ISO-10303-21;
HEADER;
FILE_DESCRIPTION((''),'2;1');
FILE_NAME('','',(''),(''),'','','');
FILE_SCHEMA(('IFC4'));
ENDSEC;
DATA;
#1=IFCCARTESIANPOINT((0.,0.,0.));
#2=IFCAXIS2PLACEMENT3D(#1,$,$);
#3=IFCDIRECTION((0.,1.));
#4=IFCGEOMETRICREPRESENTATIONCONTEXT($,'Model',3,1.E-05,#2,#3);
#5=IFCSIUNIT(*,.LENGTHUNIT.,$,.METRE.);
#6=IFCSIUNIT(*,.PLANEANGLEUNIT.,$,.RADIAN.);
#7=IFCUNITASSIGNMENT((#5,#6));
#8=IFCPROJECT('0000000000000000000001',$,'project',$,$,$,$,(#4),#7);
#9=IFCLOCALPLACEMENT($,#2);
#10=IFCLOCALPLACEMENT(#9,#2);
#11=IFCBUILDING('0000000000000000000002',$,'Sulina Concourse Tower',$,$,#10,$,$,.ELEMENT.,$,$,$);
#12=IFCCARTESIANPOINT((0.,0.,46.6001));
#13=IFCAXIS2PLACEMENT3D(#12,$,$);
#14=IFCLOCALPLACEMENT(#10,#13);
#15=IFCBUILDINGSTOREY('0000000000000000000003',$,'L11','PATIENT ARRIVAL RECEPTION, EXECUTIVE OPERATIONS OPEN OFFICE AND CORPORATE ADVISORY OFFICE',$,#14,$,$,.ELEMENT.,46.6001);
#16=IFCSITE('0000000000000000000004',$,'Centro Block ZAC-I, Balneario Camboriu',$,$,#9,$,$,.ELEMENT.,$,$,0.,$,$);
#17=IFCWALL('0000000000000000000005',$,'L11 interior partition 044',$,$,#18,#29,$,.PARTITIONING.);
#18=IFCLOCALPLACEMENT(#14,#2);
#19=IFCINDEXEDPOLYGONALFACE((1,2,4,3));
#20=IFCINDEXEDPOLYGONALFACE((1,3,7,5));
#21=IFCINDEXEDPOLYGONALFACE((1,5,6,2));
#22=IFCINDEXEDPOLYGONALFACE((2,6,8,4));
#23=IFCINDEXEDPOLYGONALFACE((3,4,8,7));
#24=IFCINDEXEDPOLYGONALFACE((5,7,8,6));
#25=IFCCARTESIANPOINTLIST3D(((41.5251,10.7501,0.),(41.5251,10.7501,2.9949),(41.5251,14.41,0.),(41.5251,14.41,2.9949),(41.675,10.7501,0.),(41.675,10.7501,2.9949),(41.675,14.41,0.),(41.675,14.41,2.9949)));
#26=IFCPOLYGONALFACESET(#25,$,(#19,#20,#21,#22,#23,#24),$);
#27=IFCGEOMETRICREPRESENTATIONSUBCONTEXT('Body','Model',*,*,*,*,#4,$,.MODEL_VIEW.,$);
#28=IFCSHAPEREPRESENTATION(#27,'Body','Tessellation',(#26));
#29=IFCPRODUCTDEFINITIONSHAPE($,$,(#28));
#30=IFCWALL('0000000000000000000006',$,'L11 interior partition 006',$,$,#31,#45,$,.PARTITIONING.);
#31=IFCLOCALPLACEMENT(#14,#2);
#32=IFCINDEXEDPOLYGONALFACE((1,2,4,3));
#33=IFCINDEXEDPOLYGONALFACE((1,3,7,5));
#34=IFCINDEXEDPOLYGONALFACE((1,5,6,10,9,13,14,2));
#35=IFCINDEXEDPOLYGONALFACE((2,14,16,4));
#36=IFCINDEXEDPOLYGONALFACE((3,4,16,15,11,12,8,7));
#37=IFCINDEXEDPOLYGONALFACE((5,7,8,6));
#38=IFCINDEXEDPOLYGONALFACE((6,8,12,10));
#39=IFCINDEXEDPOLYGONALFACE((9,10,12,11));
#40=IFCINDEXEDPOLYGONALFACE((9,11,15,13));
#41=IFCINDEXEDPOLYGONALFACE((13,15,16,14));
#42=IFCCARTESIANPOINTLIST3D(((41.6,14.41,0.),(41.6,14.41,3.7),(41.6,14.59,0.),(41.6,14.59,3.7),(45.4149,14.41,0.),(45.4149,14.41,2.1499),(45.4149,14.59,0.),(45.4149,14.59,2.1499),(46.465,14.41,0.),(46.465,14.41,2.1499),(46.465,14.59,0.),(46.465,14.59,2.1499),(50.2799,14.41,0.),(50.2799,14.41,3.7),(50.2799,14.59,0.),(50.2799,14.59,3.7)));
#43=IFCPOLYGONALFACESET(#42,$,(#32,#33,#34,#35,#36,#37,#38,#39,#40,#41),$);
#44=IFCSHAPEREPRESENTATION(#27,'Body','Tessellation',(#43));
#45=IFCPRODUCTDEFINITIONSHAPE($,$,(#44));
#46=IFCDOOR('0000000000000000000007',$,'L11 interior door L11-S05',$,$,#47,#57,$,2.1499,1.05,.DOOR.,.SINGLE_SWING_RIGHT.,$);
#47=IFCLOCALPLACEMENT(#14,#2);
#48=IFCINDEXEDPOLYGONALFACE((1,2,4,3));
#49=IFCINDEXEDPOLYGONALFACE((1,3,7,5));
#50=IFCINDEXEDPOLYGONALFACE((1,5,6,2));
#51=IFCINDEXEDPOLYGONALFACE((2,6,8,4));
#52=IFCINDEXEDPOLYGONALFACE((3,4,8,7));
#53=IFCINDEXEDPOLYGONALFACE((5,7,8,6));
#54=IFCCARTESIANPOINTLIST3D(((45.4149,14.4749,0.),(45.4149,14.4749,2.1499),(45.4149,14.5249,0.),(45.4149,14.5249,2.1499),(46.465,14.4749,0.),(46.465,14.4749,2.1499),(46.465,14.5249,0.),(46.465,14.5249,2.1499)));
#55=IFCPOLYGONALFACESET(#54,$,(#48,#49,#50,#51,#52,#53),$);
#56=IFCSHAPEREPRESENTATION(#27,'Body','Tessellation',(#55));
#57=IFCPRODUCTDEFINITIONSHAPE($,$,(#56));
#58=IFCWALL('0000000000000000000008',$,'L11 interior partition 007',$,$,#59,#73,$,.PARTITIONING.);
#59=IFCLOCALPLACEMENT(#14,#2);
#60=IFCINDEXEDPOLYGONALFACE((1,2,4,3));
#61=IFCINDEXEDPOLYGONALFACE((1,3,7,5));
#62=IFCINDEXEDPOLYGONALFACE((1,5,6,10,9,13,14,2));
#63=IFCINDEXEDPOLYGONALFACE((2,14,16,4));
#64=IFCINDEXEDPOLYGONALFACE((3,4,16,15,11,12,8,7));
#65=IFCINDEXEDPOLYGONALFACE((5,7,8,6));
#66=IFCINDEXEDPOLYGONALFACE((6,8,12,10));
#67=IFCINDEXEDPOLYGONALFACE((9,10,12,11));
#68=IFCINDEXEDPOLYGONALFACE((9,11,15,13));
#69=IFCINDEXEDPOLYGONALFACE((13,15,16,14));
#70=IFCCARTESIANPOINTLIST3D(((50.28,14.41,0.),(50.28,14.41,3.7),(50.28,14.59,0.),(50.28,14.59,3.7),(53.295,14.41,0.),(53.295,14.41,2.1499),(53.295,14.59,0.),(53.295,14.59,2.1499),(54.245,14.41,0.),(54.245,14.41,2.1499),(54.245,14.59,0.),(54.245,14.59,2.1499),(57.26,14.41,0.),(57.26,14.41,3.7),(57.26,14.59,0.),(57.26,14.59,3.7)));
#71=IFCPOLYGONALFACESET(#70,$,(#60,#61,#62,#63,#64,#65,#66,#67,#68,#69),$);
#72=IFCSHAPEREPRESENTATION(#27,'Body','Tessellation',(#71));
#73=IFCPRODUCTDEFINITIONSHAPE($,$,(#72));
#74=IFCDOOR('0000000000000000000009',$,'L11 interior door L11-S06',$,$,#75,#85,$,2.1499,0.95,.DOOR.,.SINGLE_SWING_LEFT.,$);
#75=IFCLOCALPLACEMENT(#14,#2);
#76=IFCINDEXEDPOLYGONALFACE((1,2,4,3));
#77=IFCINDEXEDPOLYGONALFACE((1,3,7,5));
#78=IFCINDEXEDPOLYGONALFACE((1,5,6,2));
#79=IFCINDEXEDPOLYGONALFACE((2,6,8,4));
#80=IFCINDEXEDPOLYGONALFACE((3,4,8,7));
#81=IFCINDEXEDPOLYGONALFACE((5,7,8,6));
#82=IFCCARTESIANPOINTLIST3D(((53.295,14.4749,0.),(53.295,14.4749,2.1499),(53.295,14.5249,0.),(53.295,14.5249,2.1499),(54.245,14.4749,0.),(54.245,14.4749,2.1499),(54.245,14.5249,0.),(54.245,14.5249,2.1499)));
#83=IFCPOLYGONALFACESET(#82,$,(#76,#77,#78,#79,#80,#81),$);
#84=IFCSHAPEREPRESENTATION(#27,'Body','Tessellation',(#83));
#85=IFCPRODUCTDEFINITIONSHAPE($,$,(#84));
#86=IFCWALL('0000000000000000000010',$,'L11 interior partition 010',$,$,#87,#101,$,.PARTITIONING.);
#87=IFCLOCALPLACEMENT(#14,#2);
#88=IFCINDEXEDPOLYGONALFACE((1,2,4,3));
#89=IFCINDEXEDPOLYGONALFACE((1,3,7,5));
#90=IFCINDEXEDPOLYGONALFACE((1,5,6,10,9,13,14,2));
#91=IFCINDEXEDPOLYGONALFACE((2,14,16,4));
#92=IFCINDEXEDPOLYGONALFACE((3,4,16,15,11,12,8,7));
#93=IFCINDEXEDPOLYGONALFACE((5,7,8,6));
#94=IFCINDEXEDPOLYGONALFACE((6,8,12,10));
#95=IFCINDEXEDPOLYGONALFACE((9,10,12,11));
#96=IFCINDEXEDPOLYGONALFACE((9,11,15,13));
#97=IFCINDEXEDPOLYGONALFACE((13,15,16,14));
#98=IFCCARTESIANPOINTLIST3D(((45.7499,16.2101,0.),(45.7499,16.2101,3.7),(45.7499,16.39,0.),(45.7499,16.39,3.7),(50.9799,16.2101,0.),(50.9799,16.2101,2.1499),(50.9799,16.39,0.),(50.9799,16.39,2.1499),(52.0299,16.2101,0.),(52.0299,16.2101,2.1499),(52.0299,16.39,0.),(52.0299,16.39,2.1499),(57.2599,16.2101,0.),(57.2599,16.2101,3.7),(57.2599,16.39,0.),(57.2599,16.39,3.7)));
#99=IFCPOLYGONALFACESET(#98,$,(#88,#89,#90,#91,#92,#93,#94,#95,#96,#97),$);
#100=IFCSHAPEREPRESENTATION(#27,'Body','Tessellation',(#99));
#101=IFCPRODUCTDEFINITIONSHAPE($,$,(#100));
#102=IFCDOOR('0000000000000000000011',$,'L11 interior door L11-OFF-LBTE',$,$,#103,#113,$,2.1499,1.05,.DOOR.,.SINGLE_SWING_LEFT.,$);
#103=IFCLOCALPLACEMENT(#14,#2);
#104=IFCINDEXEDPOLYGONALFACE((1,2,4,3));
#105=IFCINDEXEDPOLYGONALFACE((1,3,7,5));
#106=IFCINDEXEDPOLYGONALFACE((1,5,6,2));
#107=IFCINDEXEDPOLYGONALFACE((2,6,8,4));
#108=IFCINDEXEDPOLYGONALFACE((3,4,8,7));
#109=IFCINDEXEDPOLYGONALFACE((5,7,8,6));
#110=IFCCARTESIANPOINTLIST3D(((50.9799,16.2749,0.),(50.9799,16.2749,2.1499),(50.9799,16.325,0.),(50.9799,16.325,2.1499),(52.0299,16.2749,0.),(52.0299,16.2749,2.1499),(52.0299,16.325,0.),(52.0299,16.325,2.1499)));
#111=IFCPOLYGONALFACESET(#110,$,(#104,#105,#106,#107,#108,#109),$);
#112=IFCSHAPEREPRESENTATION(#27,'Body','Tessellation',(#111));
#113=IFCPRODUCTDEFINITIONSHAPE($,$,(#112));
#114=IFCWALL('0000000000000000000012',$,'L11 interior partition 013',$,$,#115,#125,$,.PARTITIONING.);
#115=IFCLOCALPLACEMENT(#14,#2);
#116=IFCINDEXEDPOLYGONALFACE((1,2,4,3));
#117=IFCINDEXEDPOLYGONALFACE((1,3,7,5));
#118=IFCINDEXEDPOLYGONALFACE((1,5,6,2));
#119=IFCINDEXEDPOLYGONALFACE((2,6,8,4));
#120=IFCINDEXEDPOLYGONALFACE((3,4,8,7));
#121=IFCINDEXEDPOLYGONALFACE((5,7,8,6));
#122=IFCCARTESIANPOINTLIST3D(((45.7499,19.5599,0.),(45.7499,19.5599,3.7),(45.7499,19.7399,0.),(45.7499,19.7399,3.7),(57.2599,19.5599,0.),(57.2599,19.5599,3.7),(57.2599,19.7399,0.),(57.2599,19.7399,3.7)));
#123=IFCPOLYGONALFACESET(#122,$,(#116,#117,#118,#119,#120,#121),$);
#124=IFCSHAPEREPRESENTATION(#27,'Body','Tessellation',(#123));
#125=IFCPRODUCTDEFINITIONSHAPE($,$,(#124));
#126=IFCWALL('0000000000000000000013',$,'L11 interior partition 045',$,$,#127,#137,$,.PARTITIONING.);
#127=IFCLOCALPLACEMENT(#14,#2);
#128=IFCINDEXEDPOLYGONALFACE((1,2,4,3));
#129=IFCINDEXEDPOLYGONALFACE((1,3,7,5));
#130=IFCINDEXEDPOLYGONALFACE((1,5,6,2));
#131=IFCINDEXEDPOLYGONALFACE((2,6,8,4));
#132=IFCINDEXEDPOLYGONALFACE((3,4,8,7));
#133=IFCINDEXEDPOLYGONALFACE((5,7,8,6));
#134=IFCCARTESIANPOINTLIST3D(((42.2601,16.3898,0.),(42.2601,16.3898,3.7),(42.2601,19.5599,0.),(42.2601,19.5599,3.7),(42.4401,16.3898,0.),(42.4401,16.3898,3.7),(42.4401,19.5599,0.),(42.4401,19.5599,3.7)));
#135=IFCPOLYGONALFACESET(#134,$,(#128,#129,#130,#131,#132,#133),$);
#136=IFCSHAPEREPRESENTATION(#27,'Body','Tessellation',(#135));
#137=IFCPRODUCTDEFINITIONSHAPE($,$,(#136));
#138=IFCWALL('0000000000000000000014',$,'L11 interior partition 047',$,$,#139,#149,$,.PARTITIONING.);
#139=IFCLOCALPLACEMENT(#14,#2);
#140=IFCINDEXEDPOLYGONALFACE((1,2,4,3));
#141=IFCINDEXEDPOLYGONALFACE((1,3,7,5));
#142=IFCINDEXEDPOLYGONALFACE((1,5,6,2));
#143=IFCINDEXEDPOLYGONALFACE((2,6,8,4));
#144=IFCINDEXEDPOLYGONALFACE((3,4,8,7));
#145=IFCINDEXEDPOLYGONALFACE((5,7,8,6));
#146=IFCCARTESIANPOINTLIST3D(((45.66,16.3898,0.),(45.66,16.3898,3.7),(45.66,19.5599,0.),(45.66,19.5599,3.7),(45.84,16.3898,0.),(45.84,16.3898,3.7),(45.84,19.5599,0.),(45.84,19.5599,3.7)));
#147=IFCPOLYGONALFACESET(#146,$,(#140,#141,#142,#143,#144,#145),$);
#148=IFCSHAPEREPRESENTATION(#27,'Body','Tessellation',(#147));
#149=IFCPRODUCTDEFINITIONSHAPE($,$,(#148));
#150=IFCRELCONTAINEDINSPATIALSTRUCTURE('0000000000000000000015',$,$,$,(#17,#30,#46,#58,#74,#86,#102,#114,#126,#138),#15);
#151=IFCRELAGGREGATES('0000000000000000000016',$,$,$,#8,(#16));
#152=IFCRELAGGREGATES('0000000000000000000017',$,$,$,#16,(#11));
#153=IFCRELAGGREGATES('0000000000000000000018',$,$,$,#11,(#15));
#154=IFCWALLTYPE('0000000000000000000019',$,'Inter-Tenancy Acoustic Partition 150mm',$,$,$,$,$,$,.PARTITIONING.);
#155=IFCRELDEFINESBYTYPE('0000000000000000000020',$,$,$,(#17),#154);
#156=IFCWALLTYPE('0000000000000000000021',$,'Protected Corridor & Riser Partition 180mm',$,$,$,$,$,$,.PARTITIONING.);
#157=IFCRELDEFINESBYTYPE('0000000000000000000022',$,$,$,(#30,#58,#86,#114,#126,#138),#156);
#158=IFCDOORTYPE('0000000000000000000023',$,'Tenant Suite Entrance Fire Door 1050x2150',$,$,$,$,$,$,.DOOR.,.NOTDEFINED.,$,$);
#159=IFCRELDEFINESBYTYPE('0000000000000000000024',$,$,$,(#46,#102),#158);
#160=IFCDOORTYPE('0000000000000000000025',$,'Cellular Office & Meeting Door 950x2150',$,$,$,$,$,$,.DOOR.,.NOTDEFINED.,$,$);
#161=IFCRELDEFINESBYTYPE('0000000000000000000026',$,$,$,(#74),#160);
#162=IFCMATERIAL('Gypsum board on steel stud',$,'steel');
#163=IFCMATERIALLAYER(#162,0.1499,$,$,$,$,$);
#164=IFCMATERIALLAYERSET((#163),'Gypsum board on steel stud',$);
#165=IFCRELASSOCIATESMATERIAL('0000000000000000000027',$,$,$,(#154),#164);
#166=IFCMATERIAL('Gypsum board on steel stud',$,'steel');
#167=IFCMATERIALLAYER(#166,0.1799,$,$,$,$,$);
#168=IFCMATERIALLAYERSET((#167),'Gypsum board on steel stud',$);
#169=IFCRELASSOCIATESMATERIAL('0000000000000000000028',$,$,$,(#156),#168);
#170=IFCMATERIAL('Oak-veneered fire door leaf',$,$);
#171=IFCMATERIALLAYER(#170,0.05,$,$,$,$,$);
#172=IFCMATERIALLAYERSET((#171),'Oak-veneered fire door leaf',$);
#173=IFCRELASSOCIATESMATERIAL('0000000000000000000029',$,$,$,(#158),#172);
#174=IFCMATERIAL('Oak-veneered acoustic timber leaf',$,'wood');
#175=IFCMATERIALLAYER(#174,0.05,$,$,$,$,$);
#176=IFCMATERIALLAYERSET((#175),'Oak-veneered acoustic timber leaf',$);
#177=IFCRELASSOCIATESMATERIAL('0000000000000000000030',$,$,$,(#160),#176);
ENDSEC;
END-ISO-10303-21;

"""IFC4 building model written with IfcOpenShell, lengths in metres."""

from ifc_helpers import new_model, si_unit, direction, frame, frame_2d, origin, place, context, subcontext, project, spatial, rectangle, extrude, material, layer, layer_set, type_object, element, fill, save


model = new_model("IFC4")

# Units and contexts
model_context = context("Model", 3, precision=1e-05, world=origin(), true_north=direction((0.0, 1.0)))
body_context = subcontext(model_context, "Body", "Model", "MODEL_VIEW")
ifc_project = project(units=[si_unit("LENGTHUNIT", "METRE"), si_unit("PLANEANGLEUNIT", "RADIAN")], contexts=[model_context])

# Site, building, storey
site_placement = place(None, origin())
site = spatial("IfcSite", under=ifc_project, at=site_placement, Name="Centro Block ZAC-I, Balneario Camboriu", CompositionType="ELEMENT", RefElevation=0.0)
building_placement = place(site_placement, origin())
building = spatial("IfcBuilding", under=site, at=building_placement, Name="Sulina Concourse Tower", CompositionType="ELEMENT")
storey_placement = place(building_placement, frame((0.0, 0.0, 46.6001)))
storey = spatial("IfcBuildingStorey", under=building, at=storey_placement, Name="L11", Description="PATIENT ARRIVAL RECEPTION, EXECUTIVE OPERATIONS OPEN OFFICE AND CORPORATE ADVISORY OFFICE", CompositionType="ELEMENT", Elevation=46.6001)

# Wall
ifc_material_1 = material(Name="Gypsum board on steel stud", Category="steel")
ifc_layer_1 = layer(ifc_material_1, 0.1499)
ifc_layer_set_1 = layer_set([ifc_layer_1], Name="Gypsum board on steel stud")
wall_type_1 = type_object("IfcWallType", Name="Inter-Tenancy Acoustic Partition 150mm", PredefinedType="PARTITIONING", material=ifc_layer_set_1)
wall_1_placement = place(storey_placement, frame((41.6001, 10.75, 0.0), z_axis=(0.0, 0.0, 1.0), x_axis=(0.0, 1.0, 0.0)))
element("IfcWall", 1, at=wall_1_placement, inside=storey, type_object=wall_type_1, Name="L11 interior partition 044", PredefinedType="PARTITIONING", context=body_context, shape_type="SweptSolid", body=[
    extrude(rectangle(XDim=3.6599, YDim=0.1499, at=frame_2d((1.8301, 0.0))), origin(), (0.0, 0.0, 1.0), 2.9949),
])

# Walls, openings, doors
ifc_material_2 = material(Name="Gypsum board on steel stud", Category="steel")
ifc_layer_2 = layer(ifc_material_2, 0.1799)
ifc_layer_set_2 = layer_set([ifc_layer_2], Name="Gypsum board on steel stud")
wall_type_2 = type_object("IfcWallType", Name="Protected Corridor & Riser Partition 180mm", PredefinedType="PARTITIONING", material=ifc_layer_set_2)
wall_2_placement = place(storey_placement, frame((41.6001, 14.5, 0.0), z_axis=(0.0, 0.0, 1.0), x_axis=(1.0, 0.0, 0.0)))
wall_2 = element("IfcWall", 2, at=wall_2_placement, inside=storey, type_object=wall_type_2, Name="L11 interior partition 006", PredefinedType="PARTITIONING", context=body_context, shape_type="SweptSolid", body=[
    extrude(rectangle(XDim=8.6799, YDim=0.1799, at=frame_2d((4.3398, 0.0))), origin(), (0.0, 0.0, 1.0), 3.7),
])
opening_1_placement = place(wall_2_placement, frame((3.8149, 0.0, 0.0)))
opening_1 = element("IfcOpeningElement", 3, at=opening_1_placement, cuts=wall_2, PredefinedType="OPENING", context=body_context, shape_type="SweptSolid", body=[
    extrude(rectangle(XDim=1.05, YDim=2.1499, at=frame_2d((0.5249, 1.075))), frame((0.0, 0.0999, 0.0), z_axis=(0.0, -1.0, 0.0), x_axis=(1.0, 0.0, 0.0)), (0.0, 0.0, 1.0), 0.2),
])
ifc_material_3 = material(Name="Oak-veneered fire door leaf")
ifc_layer_3 = layer(ifc_material_3, 0.05)
ifc_layer_set_3 = layer_set([ifc_layer_3], Name="Oak-veneered fire door leaf")
door_type_1 = type_object("IfcDoorType", Name="Tenant Suite Entrance Fire Door 1050x2150", OperationType="NOTDEFINED", PredefinedType="DOOR", material=ifc_layer_set_3)
door_1_placement = place(opening_1_placement, origin())
door_1 = element("IfcDoor", 4, at=door_1_placement, inside=storey, type_object=door_type_1, Name="L11 interior door L11-S05", OperationType="SINGLE_SWING_RIGHT", OverallHeight=2.1499, OverallWidth=1.05, PredefinedType="DOOR", context=body_context, shape_type="SweptSolid", body=[
    extrude(rectangle(XDim=1.05, YDim=2.1499, at=frame_2d((0.5249, 1.075))), frame((0.0, 0.0249, 0.0), z_axis=(0.0, -1.0, 0.0), x_axis=(1.0, 0.0, 0.0)), (0.0, 0.0, 1.0), 0.05),
])
fill(opening_1, door_1)
wall_3_placement = place(storey_placement, frame((50.28, 14.5, 0.0), z_axis=(0.0, 0.0, 1.0), x_axis=(1.0, 0.0, 0.0)))
wall_3 = element("IfcWall", 5, at=wall_3_placement, inside=storey, type_object=wall_type_2, Name="L11 interior partition 007", PredefinedType="PARTITIONING", context=body_context, shape_type="SweptSolid", body=[
    extrude(rectangle(XDim=6.98, YDim=0.1799, at=frame_2d((3.49, 0.0))), origin(), (0.0, 0.0, 1.0), 3.7),
])
opening_2_placement = place(wall_3_placement, frame((3.0149, 0.0, 0.0)))
opening_2 = element("IfcOpeningElement", 6, at=opening_2_placement, cuts=wall_3, PredefinedType="OPENING", context=body_context, shape_type="SweptSolid", body=[
    extrude(rectangle(XDim=0.95, YDim=2.1499, at=frame_2d((0.4751, 1.075))), frame((0.0, 0.0999, 0.0), z_axis=(0.0, -1.0, 0.0), x_axis=(1.0, 0.0, 0.0)), (0.0, 0.0, 1.0), 0.2),
])
ifc_material_4 = material(Name="Oak-veneered acoustic timber leaf", Category="wood")
ifc_layer_4 = layer(ifc_material_4, 0.05)
ifc_layer_set_4 = layer_set([ifc_layer_4], Name="Oak-veneered acoustic timber leaf")
door_type_2 = type_object("IfcDoorType", Name="Cellular Office & Meeting Door 950x2150", OperationType="NOTDEFINED", PredefinedType="DOOR", material=ifc_layer_set_4)
door_2_placement = place(opening_2_placement, origin())
door_2 = element("IfcDoor", 7, at=door_2_placement, inside=storey, type_object=door_type_2, Name="L11 interior door L11-S06", OperationType="SINGLE_SWING_LEFT", OverallHeight=2.1499, OverallWidth=0.95, PredefinedType="DOOR", context=body_context, shape_type="SweptSolid", body=[
    extrude(rectangle(XDim=0.95, YDim=2.1499, at=frame_2d((0.4751, 1.075))), frame((0.0, 0.0249, 0.0), z_axis=(0.0, -1.0, 0.0), x_axis=(1.0, 0.0, 0.0)), (0.0, 0.0, 1.0), 0.05),
])
fill(opening_2, door_2)
wall_4_placement = place(storey_placement, frame((45.75, 16.3, 0.0), z_axis=(0.0, 0.0, 1.0), x_axis=(1.0, 0.0, 0.0)))
wall_4 = element("IfcWall", 8, at=wall_4_placement, inside=storey, type_object=wall_type_2, Name="L11 interior partition 010", PredefinedType="PARTITIONING", context=body_context, shape_type="SweptSolid", body=[
    extrude(rectangle(XDim=11.51, YDim=0.1799, at=frame_2d((5.7549, 0.0))), origin(), (0.0, 0.0, 1.0), 3.7),
])
opening_3_placement = place(wall_4_placement, frame((5.23, 0.0, 0.0)))
opening_3 = element("IfcOpeningElement", 9, at=opening_3_placement, cuts=wall_4, PredefinedType="OPENING", context=body_context, shape_type="SweptSolid", body=[
    extrude(rectangle(XDim=1.05, YDim=2.1499, at=frame_2d((0.5249, 1.075))), frame((0.0, 0.0999, 0.0), z_axis=(0.0, -1.0, 0.0), x_axis=(1.0, 0.0, 0.0)), (0.0, 0.0, 1.0), 0.2),
])
door_3_placement = place(opening_3_placement, origin())
door_3 = element("IfcDoor", 10, at=door_3_placement, inside=storey, type_object=door_type_1, Name="L11 interior door L11-OFF-LBTE", OperationType="SINGLE_SWING_LEFT", OverallHeight=2.1499, OverallWidth=1.05, PredefinedType="DOOR", context=body_context, shape_type="SweptSolid", body=[
    extrude(rectangle(XDim=1.05, YDim=2.1499, at=frame_2d((0.5249, 1.075))), frame((0.0, 0.0249, 0.0), z_axis=(0.0, -1.0, 0.0), x_axis=(1.0, 0.0, 0.0)), (0.0, 0.0, 1.0), 0.05),
])
fill(opening_3, door_3)

# Walls
wall_5_placement = place(storey_placement, frame((45.75, 19.6499, 0.0), z_axis=(0.0, 0.0, 1.0), x_axis=(1.0, 0.0, 0.0)))
element("IfcWall", 11, at=wall_5_placement, inside=storey, type_object=wall_type_2, Name="L11 interior partition 013", PredefinedType="PARTITIONING", context=body_context, shape_type="SweptSolid", body=[
    extrude(rectangle(XDim=11.51, YDim=0.1799, at=frame_2d((5.7549, 0.0))), origin(), (0.0, 0.0, 1.0), 3.7),
])
for number, where, z_axis, x_axis, name in (
    (12, (42.3501, 16.3899, 0.0), (0.0, 0.0, 1.0), (0.0, 1.0, 0.0), "L11 interior partition 045"),
    (13, (45.75, 16.3899, 0.0), (0.0, 0.0, 1.0), (0.0, 1.0, 0.0), "L11 interior partition 047"),
):
    element("IfcWall", number, at=place(storey_placement, frame(where, z_axis=z_axis, x_axis=x_axis)), inside=storey, type_object=wall_type_2, Name=name, PredefinedType="PARTITIONING", context=body_context, shape_type="SweptSolid", body=[
        extrude(rectangle(XDim=3.1702, YDim=0.1799, at=frame_2d((1.585, 0.0))), origin(), (0.0, 0.0, 1.0), 3.7),
    ])

save(model, "model.ifc")
